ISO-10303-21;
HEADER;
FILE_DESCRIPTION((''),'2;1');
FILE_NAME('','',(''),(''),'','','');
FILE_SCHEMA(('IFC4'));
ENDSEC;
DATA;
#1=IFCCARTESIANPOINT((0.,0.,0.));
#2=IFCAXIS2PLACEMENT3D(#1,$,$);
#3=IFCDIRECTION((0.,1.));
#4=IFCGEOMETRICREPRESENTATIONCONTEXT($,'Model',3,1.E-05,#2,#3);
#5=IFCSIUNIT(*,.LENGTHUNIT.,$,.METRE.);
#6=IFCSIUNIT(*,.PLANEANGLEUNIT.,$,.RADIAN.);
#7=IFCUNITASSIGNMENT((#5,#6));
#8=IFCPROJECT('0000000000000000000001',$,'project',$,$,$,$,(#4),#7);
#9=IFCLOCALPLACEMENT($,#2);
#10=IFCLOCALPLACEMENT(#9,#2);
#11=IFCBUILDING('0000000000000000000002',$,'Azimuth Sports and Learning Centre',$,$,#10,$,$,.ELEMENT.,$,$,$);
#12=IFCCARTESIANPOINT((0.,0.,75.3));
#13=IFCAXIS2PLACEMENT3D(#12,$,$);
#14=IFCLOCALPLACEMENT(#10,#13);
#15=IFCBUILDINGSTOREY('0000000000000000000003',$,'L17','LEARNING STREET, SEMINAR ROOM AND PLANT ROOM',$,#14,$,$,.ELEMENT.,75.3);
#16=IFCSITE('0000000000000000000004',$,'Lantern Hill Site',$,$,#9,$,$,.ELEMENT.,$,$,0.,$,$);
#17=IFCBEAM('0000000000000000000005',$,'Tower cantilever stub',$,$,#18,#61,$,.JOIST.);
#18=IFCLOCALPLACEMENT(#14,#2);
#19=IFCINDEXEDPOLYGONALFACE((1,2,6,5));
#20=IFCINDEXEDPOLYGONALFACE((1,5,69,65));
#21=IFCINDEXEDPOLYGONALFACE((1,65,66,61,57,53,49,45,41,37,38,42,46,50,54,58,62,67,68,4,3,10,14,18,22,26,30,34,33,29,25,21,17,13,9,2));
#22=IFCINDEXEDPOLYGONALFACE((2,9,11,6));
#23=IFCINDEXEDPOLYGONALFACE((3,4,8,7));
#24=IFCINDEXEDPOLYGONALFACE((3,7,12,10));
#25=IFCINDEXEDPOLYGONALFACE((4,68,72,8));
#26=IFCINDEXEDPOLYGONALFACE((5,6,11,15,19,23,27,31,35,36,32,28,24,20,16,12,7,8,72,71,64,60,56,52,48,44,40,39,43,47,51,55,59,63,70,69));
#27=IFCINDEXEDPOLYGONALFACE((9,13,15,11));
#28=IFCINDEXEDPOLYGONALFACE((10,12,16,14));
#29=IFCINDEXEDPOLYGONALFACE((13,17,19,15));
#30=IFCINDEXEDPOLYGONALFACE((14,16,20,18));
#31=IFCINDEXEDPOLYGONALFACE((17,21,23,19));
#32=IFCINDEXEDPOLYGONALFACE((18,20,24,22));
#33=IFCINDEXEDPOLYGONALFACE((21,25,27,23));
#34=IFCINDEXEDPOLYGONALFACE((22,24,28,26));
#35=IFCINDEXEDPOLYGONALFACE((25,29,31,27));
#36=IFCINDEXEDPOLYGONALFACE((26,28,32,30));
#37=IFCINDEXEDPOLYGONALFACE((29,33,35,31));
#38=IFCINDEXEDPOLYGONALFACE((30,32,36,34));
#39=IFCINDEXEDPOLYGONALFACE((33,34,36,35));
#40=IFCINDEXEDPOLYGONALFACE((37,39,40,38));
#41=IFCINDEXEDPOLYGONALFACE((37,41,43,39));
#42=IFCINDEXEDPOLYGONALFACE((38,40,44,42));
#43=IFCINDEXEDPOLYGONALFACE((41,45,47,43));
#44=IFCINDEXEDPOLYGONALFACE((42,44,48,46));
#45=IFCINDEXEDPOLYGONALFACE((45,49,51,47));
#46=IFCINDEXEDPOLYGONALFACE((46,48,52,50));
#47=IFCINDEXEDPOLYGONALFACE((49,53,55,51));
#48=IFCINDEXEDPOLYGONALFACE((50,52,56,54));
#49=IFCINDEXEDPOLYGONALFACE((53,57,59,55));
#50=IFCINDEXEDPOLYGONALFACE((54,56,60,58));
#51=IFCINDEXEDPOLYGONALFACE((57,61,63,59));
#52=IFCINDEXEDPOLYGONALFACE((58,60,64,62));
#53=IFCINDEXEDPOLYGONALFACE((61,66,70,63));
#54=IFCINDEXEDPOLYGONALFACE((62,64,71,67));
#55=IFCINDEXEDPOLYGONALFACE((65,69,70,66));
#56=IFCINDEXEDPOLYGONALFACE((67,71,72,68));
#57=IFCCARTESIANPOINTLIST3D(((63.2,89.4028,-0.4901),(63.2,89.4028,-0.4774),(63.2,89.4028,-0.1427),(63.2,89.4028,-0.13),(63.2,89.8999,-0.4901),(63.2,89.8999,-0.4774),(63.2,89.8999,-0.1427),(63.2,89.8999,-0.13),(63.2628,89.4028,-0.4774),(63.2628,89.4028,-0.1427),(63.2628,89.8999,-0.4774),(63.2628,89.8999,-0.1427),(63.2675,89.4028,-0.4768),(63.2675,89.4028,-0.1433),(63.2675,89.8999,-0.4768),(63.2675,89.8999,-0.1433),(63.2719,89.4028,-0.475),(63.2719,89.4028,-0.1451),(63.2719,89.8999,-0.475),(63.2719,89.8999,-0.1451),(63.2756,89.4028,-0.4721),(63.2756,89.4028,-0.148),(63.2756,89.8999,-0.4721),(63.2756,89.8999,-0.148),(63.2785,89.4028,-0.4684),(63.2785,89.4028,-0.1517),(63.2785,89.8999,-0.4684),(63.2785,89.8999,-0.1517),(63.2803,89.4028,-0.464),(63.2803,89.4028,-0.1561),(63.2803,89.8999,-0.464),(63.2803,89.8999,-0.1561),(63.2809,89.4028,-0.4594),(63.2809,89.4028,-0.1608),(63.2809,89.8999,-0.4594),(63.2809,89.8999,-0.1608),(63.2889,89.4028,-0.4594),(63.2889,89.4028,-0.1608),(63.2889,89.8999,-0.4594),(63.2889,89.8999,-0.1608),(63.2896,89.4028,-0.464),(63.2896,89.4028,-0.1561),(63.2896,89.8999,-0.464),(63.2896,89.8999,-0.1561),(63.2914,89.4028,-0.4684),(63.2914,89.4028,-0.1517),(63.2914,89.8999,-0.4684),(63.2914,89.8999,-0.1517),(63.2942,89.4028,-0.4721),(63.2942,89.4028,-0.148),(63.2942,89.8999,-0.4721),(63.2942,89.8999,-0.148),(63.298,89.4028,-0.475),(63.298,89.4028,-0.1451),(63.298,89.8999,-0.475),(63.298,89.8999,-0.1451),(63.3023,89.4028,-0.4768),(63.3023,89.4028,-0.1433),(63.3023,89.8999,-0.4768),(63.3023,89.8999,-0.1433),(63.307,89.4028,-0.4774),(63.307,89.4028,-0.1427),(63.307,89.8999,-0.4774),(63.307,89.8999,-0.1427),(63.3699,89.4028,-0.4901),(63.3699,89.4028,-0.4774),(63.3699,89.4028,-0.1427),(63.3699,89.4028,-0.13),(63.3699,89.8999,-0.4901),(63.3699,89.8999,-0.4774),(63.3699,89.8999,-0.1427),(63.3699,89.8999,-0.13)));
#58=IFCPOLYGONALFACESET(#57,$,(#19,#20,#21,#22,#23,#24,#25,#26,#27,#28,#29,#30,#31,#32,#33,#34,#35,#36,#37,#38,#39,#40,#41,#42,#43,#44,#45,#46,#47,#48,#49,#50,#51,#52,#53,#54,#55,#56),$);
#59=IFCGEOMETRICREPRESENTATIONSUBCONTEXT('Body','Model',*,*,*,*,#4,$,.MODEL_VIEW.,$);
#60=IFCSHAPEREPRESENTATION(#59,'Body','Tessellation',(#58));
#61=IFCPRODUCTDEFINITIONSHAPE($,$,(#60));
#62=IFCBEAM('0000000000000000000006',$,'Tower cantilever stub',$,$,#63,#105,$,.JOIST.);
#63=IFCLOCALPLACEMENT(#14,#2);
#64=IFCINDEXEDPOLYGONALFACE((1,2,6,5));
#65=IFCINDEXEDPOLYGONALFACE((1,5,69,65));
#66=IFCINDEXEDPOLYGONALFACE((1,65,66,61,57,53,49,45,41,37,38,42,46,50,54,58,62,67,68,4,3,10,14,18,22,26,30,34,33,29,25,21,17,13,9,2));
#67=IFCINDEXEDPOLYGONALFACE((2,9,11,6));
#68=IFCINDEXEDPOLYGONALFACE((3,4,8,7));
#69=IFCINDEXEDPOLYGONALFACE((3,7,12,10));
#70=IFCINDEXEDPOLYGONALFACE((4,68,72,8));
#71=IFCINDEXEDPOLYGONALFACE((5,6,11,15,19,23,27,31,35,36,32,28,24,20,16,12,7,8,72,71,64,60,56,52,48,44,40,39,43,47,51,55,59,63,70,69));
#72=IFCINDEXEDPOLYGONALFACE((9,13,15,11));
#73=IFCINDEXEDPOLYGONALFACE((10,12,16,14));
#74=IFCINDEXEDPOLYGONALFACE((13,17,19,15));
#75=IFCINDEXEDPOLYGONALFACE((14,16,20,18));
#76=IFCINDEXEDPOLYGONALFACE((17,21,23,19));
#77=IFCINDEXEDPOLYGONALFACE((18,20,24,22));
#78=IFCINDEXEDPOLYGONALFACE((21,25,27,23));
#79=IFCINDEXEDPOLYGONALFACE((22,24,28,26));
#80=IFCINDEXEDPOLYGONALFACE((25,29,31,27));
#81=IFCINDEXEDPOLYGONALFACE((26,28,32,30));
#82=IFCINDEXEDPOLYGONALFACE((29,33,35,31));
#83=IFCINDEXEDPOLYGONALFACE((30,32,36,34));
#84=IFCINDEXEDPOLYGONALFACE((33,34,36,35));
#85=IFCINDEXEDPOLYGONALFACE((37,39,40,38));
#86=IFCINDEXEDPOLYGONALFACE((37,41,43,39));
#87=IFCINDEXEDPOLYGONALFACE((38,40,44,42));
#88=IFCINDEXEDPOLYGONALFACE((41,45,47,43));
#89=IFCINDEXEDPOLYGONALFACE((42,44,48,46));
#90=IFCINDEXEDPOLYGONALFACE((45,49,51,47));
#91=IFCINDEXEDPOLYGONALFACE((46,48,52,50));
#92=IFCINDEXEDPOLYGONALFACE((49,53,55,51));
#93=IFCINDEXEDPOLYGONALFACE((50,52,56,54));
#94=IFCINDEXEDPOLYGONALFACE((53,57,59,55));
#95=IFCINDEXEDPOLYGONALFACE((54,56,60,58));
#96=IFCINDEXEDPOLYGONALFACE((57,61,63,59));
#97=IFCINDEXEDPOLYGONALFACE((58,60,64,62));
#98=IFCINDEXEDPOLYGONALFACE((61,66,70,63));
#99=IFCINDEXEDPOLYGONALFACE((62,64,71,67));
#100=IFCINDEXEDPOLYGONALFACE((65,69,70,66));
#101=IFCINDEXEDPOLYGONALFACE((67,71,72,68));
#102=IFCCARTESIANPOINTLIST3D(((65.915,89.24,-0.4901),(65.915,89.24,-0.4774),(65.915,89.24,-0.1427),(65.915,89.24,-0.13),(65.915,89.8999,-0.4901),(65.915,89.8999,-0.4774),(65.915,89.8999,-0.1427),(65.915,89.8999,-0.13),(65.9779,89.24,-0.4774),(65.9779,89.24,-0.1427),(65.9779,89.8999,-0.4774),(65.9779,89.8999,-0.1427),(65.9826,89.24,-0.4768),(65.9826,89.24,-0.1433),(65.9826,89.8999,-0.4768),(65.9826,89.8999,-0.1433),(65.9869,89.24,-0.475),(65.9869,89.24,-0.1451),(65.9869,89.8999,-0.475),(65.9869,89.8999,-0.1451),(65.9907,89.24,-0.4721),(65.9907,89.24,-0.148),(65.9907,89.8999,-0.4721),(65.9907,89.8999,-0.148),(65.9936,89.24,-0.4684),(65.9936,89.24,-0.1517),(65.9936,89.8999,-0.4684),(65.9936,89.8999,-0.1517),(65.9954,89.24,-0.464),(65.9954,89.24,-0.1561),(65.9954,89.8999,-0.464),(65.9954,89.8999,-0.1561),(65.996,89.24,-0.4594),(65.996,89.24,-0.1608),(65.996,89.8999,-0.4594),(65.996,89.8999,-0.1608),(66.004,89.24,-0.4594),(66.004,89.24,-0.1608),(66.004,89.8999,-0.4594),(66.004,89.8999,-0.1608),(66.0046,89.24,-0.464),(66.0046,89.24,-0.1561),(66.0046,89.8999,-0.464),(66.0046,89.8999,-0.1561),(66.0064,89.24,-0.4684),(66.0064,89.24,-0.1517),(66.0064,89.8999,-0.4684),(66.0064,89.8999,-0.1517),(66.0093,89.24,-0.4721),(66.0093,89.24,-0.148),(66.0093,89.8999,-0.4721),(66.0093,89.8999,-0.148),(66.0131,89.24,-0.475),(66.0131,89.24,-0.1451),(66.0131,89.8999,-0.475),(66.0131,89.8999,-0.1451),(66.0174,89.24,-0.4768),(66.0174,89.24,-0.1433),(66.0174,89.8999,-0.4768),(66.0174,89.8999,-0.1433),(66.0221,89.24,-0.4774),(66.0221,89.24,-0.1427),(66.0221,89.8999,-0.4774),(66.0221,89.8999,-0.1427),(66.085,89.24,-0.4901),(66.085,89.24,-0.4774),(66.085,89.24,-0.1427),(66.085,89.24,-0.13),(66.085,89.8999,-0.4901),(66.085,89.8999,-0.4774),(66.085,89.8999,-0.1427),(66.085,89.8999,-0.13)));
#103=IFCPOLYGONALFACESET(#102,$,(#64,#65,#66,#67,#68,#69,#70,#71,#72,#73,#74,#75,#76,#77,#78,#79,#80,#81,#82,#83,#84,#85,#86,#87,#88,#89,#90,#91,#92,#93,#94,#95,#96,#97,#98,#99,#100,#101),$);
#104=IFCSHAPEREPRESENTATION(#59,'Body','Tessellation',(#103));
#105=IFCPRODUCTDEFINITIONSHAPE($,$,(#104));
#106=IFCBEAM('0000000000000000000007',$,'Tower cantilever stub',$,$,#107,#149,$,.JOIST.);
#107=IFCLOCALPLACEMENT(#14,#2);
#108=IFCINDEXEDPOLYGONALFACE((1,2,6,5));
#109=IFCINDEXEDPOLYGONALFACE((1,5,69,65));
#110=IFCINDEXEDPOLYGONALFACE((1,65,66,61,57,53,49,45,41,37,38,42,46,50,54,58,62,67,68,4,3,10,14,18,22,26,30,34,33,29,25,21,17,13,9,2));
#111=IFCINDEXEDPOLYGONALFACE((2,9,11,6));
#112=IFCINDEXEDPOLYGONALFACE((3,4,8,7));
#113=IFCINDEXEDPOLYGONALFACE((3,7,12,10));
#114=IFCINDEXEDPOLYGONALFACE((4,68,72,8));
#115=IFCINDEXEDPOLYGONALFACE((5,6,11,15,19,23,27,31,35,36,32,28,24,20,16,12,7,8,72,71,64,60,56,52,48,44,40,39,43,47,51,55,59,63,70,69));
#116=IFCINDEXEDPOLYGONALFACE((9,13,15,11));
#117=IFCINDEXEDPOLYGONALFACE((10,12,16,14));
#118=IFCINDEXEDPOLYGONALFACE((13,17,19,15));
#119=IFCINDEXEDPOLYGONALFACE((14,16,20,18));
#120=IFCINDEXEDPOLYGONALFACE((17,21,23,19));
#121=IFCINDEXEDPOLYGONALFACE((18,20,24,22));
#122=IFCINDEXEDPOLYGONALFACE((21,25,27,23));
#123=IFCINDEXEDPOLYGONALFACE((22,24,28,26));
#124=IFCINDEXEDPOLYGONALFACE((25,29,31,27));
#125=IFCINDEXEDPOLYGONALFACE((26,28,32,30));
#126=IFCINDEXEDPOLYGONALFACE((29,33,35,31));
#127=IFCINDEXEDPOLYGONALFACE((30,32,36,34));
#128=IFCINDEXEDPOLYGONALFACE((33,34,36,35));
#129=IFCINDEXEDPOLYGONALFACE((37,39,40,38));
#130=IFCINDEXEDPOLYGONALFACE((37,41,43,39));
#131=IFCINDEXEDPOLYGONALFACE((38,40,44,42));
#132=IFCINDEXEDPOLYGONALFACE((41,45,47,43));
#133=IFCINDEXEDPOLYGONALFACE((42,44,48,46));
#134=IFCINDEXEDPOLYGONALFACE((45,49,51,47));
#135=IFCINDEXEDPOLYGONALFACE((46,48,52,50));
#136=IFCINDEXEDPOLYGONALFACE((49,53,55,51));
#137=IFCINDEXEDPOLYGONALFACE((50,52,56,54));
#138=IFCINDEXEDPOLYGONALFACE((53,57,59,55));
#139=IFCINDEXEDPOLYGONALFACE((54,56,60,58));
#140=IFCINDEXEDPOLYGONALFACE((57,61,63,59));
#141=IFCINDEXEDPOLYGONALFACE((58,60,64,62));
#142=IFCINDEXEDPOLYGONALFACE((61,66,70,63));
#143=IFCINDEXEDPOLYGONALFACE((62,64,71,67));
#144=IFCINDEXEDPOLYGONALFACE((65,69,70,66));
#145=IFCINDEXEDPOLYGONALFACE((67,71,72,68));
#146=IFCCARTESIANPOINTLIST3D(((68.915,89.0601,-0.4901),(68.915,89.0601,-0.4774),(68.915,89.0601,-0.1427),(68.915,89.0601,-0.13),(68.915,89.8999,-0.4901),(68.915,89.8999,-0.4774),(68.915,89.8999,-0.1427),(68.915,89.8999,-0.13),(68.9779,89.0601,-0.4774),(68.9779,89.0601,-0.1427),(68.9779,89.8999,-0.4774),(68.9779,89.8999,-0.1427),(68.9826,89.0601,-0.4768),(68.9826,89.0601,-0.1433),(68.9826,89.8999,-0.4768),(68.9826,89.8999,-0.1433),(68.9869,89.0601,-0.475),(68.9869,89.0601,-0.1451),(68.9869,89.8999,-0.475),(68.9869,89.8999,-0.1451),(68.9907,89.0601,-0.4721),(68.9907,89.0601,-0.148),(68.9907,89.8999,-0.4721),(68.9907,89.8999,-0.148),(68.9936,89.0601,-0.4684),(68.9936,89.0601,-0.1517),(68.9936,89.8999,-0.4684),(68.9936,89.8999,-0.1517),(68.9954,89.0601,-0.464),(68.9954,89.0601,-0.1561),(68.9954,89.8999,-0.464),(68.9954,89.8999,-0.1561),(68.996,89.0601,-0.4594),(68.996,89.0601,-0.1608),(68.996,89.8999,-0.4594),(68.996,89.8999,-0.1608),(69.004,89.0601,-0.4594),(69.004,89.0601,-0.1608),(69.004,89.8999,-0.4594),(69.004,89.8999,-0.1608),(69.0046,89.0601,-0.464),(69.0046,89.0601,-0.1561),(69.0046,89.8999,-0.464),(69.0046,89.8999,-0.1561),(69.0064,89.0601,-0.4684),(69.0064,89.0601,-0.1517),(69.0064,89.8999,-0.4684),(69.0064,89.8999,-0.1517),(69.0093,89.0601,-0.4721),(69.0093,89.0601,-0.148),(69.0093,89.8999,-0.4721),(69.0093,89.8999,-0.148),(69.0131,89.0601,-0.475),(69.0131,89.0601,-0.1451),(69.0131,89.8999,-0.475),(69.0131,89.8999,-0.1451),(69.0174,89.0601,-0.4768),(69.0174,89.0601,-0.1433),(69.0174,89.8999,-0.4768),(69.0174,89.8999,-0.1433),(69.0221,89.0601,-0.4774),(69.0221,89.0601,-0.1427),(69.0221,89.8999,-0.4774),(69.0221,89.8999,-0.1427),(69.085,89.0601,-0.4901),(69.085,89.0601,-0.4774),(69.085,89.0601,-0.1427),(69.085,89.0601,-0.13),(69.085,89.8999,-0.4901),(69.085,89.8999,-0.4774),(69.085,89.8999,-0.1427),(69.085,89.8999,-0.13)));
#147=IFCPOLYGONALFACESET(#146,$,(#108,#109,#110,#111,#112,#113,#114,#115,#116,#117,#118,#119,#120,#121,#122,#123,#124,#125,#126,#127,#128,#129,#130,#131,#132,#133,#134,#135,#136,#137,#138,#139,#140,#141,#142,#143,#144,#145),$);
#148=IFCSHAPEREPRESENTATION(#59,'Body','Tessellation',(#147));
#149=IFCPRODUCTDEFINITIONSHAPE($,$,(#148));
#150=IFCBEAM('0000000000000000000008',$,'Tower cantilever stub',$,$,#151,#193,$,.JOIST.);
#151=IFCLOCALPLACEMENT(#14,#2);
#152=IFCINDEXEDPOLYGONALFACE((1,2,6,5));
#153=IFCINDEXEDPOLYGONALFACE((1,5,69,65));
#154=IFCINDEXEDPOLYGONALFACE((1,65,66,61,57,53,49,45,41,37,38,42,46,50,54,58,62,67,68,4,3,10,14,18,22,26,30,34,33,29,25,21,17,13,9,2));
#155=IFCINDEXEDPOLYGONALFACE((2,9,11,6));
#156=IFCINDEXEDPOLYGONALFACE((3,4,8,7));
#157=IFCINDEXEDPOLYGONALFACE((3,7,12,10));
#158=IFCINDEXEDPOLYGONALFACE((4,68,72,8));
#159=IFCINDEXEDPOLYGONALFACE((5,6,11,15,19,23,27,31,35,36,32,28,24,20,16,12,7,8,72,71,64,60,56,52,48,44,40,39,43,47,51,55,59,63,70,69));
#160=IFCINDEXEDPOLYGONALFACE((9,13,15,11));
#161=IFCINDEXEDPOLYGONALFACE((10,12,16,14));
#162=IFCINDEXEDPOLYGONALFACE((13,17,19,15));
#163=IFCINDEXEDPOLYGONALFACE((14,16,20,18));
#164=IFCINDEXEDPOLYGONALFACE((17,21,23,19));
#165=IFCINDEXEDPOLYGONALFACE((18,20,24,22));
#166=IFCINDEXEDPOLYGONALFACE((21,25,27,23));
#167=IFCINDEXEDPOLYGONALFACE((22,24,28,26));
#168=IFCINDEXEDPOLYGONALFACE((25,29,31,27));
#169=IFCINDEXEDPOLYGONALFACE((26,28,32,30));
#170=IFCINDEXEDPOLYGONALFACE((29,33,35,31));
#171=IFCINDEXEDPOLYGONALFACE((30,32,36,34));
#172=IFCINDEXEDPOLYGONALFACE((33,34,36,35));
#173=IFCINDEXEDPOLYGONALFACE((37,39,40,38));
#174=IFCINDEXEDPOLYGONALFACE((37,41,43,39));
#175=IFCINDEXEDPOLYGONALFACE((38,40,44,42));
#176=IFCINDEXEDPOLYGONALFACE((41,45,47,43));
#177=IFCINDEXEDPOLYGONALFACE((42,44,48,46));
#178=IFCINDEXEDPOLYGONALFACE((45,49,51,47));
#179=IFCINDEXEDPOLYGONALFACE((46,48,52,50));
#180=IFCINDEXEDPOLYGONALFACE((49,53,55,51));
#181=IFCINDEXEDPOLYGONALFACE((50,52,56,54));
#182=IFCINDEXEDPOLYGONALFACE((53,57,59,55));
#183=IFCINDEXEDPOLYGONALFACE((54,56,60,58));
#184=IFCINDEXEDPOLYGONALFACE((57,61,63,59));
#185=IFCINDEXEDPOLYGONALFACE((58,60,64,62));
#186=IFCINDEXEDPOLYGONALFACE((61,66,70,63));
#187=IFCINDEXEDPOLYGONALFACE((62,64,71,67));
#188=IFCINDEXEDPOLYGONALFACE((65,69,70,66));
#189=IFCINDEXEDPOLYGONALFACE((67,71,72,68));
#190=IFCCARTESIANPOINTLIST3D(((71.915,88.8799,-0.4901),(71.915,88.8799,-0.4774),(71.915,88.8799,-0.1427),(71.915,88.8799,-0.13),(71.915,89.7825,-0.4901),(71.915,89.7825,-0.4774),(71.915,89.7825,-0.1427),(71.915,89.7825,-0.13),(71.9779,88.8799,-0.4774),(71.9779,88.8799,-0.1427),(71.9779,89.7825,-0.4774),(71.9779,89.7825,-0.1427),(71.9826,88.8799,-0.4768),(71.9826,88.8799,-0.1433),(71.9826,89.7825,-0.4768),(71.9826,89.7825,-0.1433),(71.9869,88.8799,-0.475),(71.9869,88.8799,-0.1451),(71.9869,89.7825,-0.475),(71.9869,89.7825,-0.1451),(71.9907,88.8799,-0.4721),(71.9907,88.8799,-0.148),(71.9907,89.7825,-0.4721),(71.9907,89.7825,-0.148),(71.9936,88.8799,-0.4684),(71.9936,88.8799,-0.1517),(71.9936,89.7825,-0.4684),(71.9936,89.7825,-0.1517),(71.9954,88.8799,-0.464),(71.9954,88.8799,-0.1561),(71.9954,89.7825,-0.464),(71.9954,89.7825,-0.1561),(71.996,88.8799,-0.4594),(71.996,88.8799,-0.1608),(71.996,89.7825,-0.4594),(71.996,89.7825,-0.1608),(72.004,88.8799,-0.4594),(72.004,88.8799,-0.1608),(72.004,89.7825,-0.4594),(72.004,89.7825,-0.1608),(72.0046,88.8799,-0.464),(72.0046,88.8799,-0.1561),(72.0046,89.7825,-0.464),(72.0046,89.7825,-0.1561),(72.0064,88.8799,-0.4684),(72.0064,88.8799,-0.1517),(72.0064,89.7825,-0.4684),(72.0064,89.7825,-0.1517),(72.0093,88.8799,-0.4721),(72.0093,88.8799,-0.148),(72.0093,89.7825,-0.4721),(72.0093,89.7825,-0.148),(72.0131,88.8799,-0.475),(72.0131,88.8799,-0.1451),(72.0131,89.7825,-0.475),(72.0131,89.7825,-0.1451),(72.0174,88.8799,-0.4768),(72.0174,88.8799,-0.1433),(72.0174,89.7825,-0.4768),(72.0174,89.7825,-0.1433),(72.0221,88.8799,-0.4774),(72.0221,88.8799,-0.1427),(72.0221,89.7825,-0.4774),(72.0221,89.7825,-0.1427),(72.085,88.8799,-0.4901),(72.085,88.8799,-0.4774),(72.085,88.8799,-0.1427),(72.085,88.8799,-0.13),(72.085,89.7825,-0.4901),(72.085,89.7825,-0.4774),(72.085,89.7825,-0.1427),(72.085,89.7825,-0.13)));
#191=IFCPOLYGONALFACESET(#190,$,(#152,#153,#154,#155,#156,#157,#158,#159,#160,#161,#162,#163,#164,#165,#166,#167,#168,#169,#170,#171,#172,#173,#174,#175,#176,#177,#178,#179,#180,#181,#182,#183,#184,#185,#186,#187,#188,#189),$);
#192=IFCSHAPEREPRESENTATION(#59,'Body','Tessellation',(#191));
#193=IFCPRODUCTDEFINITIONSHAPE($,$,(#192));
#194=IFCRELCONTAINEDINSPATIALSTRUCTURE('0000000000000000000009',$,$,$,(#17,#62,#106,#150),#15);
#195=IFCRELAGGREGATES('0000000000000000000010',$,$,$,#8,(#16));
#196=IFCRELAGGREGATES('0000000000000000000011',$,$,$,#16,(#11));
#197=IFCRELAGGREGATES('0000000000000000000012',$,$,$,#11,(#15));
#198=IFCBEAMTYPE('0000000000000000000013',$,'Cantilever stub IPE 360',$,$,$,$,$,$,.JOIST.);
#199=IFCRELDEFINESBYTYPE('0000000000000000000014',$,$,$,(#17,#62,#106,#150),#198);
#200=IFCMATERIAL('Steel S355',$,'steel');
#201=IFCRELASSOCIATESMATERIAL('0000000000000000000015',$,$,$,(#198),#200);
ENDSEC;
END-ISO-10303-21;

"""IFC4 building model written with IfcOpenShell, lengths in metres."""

from ifc_helpers import new_model, si_unit, direction, frame, origin, origin_2d, place, context, subcontext, project, spatial, i_section, extrude, material, material_profile, profile_set, type_object, element, save


model = new_model("IFC4")

# Units and contexts
model_context = context("Model", 3, precision=1e-05, world=origin(), true_north=direction((0.0, 1.0)))
body_context = subcontext(model_context, "Body", "Model", "MODEL_VIEW")
ifc_project = project(units=[si_unit("LENGTHUNIT", "METRE"), si_unit("PLANEANGLEUNIT", "RADIAN")], contexts=[model_context])

# Site, building, storey
site_placement = place(None, origin())
site = spatial("IfcSite", under=ifc_project, at=site_placement, Name="Lantern Hill Site", CompositionType="ELEMENT", RefElevation=0.0)
building_placement = place(site_placement, origin())
building = spatial("IfcBuilding", under=site, at=building_placement, Name="Azimuth Sports and Learning Centre", CompositionType="ELEMENT")
storey_placement = place(building_placement, frame((0.0, 0.0, 75.3)))
storey = spatial("IfcBuildingStorey", under=building, at=storey_placement, Name="L17", Description="LEARNING STREET, SEMINAR ROOM AND PLANT ROOM", CompositionType="ELEMENT", Elevation=75.3)

# Beams
ifc_material_1 = material(Name="Steel S355", Category="steel")
ifc_material_profile_1 = material_profile(ifc_material_1, i_section(OverallWidth=0.1699, OverallDepth=0.3601, WebThickness=0.0081, FlangeThickness=0.0127, FilletRadius=0.0181, at=origin_2d()), Name="IPE 360")
ifc_profile_set_1 = profile_set([ifc_material_profile_1], Name="Steel S355")
beam_type_1 = type_object("IfcBeamType", Name="Cantilever stub IPE 360", PredefinedType="JOIST", material=ifc_profile_set_1)
beam_1_placement = place(storey_placement, frame((63.2849, 89.8999, -0.3101), z_axis=(0.0, -1.0, 0.0), x_axis=(1.0, 0.0, 0.0)))
element("IfcBeam", 1, at=beam_1_placement, inside=storey, type_object=beam_type_1, Name="Tower cantilever stub", PredefinedType="JOIST", context=body_context, shape_type="SweptSolid", body=[
    extrude(i_section(OverallWidth=0.1699, OverallDepth=0.3601, WebThickness=0.0081, FlangeThickness=0.0127, FilletRadius=0.0181, at=origin_2d()), origin(), (0.0, 0.0, 1.0), 0.4971),
])
beam_2_placement = place(storey_placement, frame((66.0, 89.8999, -0.3101), z_axis=(0.0, -1.0, 0.0), x_axis=(1.0, 0.0, 0.0)))
element("IfcBeam", 2, at=beam_2_placement, inside=storey, type_object=beam_type_1, Name="Tower cantilever stub", PredefinedType="JOIST", context=body_context, shape_type="SweptSolid", body=[
    extrude(i_section(OverallWidth=0.1699, OverallDepth=0.3601, WebThickness=0.0081, FlangeThickness=0.0127, FilletRadius=0.0181, at=origin_2d()), origin(), (0.0, 0.0, 1.0), 0.6599),
])
beam_3_placement = place(storey_placement, frame((69.0, 89.8999, -0.3101), z_axis=(0.0, -1.0, 0.0), x_axis=(1.0, 0.0, 0.0)))
element("IfcBeam", 3, at=beam_3_placement, inside=storey, type_object=beam_type_1, Name="Tower cantilever stub", PredefinedType="JOIST", context=body_context, shape_type="SweptSolid", body=[
    extrude(i_section(OverallWidth=0.1699, OverallDepth=0.3601, WebThickness=0.0081, FlangeThickness=0.0127, FilletRadius=0.0181, at=origin_2d()), origin(), (0.0, 0.0, 1.0), 0.8398),
])
beam_4_placement = place(storey_placement, frame((72.0, 89.7825, -0.3101), z_axis=(0.0, -1.0, 0.0), x_axis=(1.0, 0.0, 0.0)))
element("IfcBeam", 4, at=beam_4_placement, inside=storey, type_object=beam_type_1, Name="Tower cantilever stub", PredefinedType="JOIST", context=body_context, shape_type="SweptSolid", body=[
    extrude(i_section(OverallWidth=0.1699, OverallDepth=0.3601, WebThickness=0.0081, FlangeThickness=0.0127, FilletRadius=0.0181, at=origin_2d()), origin(), (0.0, 0.0, 1.0), 0.9026),
])

save(model, "model.ifc")
